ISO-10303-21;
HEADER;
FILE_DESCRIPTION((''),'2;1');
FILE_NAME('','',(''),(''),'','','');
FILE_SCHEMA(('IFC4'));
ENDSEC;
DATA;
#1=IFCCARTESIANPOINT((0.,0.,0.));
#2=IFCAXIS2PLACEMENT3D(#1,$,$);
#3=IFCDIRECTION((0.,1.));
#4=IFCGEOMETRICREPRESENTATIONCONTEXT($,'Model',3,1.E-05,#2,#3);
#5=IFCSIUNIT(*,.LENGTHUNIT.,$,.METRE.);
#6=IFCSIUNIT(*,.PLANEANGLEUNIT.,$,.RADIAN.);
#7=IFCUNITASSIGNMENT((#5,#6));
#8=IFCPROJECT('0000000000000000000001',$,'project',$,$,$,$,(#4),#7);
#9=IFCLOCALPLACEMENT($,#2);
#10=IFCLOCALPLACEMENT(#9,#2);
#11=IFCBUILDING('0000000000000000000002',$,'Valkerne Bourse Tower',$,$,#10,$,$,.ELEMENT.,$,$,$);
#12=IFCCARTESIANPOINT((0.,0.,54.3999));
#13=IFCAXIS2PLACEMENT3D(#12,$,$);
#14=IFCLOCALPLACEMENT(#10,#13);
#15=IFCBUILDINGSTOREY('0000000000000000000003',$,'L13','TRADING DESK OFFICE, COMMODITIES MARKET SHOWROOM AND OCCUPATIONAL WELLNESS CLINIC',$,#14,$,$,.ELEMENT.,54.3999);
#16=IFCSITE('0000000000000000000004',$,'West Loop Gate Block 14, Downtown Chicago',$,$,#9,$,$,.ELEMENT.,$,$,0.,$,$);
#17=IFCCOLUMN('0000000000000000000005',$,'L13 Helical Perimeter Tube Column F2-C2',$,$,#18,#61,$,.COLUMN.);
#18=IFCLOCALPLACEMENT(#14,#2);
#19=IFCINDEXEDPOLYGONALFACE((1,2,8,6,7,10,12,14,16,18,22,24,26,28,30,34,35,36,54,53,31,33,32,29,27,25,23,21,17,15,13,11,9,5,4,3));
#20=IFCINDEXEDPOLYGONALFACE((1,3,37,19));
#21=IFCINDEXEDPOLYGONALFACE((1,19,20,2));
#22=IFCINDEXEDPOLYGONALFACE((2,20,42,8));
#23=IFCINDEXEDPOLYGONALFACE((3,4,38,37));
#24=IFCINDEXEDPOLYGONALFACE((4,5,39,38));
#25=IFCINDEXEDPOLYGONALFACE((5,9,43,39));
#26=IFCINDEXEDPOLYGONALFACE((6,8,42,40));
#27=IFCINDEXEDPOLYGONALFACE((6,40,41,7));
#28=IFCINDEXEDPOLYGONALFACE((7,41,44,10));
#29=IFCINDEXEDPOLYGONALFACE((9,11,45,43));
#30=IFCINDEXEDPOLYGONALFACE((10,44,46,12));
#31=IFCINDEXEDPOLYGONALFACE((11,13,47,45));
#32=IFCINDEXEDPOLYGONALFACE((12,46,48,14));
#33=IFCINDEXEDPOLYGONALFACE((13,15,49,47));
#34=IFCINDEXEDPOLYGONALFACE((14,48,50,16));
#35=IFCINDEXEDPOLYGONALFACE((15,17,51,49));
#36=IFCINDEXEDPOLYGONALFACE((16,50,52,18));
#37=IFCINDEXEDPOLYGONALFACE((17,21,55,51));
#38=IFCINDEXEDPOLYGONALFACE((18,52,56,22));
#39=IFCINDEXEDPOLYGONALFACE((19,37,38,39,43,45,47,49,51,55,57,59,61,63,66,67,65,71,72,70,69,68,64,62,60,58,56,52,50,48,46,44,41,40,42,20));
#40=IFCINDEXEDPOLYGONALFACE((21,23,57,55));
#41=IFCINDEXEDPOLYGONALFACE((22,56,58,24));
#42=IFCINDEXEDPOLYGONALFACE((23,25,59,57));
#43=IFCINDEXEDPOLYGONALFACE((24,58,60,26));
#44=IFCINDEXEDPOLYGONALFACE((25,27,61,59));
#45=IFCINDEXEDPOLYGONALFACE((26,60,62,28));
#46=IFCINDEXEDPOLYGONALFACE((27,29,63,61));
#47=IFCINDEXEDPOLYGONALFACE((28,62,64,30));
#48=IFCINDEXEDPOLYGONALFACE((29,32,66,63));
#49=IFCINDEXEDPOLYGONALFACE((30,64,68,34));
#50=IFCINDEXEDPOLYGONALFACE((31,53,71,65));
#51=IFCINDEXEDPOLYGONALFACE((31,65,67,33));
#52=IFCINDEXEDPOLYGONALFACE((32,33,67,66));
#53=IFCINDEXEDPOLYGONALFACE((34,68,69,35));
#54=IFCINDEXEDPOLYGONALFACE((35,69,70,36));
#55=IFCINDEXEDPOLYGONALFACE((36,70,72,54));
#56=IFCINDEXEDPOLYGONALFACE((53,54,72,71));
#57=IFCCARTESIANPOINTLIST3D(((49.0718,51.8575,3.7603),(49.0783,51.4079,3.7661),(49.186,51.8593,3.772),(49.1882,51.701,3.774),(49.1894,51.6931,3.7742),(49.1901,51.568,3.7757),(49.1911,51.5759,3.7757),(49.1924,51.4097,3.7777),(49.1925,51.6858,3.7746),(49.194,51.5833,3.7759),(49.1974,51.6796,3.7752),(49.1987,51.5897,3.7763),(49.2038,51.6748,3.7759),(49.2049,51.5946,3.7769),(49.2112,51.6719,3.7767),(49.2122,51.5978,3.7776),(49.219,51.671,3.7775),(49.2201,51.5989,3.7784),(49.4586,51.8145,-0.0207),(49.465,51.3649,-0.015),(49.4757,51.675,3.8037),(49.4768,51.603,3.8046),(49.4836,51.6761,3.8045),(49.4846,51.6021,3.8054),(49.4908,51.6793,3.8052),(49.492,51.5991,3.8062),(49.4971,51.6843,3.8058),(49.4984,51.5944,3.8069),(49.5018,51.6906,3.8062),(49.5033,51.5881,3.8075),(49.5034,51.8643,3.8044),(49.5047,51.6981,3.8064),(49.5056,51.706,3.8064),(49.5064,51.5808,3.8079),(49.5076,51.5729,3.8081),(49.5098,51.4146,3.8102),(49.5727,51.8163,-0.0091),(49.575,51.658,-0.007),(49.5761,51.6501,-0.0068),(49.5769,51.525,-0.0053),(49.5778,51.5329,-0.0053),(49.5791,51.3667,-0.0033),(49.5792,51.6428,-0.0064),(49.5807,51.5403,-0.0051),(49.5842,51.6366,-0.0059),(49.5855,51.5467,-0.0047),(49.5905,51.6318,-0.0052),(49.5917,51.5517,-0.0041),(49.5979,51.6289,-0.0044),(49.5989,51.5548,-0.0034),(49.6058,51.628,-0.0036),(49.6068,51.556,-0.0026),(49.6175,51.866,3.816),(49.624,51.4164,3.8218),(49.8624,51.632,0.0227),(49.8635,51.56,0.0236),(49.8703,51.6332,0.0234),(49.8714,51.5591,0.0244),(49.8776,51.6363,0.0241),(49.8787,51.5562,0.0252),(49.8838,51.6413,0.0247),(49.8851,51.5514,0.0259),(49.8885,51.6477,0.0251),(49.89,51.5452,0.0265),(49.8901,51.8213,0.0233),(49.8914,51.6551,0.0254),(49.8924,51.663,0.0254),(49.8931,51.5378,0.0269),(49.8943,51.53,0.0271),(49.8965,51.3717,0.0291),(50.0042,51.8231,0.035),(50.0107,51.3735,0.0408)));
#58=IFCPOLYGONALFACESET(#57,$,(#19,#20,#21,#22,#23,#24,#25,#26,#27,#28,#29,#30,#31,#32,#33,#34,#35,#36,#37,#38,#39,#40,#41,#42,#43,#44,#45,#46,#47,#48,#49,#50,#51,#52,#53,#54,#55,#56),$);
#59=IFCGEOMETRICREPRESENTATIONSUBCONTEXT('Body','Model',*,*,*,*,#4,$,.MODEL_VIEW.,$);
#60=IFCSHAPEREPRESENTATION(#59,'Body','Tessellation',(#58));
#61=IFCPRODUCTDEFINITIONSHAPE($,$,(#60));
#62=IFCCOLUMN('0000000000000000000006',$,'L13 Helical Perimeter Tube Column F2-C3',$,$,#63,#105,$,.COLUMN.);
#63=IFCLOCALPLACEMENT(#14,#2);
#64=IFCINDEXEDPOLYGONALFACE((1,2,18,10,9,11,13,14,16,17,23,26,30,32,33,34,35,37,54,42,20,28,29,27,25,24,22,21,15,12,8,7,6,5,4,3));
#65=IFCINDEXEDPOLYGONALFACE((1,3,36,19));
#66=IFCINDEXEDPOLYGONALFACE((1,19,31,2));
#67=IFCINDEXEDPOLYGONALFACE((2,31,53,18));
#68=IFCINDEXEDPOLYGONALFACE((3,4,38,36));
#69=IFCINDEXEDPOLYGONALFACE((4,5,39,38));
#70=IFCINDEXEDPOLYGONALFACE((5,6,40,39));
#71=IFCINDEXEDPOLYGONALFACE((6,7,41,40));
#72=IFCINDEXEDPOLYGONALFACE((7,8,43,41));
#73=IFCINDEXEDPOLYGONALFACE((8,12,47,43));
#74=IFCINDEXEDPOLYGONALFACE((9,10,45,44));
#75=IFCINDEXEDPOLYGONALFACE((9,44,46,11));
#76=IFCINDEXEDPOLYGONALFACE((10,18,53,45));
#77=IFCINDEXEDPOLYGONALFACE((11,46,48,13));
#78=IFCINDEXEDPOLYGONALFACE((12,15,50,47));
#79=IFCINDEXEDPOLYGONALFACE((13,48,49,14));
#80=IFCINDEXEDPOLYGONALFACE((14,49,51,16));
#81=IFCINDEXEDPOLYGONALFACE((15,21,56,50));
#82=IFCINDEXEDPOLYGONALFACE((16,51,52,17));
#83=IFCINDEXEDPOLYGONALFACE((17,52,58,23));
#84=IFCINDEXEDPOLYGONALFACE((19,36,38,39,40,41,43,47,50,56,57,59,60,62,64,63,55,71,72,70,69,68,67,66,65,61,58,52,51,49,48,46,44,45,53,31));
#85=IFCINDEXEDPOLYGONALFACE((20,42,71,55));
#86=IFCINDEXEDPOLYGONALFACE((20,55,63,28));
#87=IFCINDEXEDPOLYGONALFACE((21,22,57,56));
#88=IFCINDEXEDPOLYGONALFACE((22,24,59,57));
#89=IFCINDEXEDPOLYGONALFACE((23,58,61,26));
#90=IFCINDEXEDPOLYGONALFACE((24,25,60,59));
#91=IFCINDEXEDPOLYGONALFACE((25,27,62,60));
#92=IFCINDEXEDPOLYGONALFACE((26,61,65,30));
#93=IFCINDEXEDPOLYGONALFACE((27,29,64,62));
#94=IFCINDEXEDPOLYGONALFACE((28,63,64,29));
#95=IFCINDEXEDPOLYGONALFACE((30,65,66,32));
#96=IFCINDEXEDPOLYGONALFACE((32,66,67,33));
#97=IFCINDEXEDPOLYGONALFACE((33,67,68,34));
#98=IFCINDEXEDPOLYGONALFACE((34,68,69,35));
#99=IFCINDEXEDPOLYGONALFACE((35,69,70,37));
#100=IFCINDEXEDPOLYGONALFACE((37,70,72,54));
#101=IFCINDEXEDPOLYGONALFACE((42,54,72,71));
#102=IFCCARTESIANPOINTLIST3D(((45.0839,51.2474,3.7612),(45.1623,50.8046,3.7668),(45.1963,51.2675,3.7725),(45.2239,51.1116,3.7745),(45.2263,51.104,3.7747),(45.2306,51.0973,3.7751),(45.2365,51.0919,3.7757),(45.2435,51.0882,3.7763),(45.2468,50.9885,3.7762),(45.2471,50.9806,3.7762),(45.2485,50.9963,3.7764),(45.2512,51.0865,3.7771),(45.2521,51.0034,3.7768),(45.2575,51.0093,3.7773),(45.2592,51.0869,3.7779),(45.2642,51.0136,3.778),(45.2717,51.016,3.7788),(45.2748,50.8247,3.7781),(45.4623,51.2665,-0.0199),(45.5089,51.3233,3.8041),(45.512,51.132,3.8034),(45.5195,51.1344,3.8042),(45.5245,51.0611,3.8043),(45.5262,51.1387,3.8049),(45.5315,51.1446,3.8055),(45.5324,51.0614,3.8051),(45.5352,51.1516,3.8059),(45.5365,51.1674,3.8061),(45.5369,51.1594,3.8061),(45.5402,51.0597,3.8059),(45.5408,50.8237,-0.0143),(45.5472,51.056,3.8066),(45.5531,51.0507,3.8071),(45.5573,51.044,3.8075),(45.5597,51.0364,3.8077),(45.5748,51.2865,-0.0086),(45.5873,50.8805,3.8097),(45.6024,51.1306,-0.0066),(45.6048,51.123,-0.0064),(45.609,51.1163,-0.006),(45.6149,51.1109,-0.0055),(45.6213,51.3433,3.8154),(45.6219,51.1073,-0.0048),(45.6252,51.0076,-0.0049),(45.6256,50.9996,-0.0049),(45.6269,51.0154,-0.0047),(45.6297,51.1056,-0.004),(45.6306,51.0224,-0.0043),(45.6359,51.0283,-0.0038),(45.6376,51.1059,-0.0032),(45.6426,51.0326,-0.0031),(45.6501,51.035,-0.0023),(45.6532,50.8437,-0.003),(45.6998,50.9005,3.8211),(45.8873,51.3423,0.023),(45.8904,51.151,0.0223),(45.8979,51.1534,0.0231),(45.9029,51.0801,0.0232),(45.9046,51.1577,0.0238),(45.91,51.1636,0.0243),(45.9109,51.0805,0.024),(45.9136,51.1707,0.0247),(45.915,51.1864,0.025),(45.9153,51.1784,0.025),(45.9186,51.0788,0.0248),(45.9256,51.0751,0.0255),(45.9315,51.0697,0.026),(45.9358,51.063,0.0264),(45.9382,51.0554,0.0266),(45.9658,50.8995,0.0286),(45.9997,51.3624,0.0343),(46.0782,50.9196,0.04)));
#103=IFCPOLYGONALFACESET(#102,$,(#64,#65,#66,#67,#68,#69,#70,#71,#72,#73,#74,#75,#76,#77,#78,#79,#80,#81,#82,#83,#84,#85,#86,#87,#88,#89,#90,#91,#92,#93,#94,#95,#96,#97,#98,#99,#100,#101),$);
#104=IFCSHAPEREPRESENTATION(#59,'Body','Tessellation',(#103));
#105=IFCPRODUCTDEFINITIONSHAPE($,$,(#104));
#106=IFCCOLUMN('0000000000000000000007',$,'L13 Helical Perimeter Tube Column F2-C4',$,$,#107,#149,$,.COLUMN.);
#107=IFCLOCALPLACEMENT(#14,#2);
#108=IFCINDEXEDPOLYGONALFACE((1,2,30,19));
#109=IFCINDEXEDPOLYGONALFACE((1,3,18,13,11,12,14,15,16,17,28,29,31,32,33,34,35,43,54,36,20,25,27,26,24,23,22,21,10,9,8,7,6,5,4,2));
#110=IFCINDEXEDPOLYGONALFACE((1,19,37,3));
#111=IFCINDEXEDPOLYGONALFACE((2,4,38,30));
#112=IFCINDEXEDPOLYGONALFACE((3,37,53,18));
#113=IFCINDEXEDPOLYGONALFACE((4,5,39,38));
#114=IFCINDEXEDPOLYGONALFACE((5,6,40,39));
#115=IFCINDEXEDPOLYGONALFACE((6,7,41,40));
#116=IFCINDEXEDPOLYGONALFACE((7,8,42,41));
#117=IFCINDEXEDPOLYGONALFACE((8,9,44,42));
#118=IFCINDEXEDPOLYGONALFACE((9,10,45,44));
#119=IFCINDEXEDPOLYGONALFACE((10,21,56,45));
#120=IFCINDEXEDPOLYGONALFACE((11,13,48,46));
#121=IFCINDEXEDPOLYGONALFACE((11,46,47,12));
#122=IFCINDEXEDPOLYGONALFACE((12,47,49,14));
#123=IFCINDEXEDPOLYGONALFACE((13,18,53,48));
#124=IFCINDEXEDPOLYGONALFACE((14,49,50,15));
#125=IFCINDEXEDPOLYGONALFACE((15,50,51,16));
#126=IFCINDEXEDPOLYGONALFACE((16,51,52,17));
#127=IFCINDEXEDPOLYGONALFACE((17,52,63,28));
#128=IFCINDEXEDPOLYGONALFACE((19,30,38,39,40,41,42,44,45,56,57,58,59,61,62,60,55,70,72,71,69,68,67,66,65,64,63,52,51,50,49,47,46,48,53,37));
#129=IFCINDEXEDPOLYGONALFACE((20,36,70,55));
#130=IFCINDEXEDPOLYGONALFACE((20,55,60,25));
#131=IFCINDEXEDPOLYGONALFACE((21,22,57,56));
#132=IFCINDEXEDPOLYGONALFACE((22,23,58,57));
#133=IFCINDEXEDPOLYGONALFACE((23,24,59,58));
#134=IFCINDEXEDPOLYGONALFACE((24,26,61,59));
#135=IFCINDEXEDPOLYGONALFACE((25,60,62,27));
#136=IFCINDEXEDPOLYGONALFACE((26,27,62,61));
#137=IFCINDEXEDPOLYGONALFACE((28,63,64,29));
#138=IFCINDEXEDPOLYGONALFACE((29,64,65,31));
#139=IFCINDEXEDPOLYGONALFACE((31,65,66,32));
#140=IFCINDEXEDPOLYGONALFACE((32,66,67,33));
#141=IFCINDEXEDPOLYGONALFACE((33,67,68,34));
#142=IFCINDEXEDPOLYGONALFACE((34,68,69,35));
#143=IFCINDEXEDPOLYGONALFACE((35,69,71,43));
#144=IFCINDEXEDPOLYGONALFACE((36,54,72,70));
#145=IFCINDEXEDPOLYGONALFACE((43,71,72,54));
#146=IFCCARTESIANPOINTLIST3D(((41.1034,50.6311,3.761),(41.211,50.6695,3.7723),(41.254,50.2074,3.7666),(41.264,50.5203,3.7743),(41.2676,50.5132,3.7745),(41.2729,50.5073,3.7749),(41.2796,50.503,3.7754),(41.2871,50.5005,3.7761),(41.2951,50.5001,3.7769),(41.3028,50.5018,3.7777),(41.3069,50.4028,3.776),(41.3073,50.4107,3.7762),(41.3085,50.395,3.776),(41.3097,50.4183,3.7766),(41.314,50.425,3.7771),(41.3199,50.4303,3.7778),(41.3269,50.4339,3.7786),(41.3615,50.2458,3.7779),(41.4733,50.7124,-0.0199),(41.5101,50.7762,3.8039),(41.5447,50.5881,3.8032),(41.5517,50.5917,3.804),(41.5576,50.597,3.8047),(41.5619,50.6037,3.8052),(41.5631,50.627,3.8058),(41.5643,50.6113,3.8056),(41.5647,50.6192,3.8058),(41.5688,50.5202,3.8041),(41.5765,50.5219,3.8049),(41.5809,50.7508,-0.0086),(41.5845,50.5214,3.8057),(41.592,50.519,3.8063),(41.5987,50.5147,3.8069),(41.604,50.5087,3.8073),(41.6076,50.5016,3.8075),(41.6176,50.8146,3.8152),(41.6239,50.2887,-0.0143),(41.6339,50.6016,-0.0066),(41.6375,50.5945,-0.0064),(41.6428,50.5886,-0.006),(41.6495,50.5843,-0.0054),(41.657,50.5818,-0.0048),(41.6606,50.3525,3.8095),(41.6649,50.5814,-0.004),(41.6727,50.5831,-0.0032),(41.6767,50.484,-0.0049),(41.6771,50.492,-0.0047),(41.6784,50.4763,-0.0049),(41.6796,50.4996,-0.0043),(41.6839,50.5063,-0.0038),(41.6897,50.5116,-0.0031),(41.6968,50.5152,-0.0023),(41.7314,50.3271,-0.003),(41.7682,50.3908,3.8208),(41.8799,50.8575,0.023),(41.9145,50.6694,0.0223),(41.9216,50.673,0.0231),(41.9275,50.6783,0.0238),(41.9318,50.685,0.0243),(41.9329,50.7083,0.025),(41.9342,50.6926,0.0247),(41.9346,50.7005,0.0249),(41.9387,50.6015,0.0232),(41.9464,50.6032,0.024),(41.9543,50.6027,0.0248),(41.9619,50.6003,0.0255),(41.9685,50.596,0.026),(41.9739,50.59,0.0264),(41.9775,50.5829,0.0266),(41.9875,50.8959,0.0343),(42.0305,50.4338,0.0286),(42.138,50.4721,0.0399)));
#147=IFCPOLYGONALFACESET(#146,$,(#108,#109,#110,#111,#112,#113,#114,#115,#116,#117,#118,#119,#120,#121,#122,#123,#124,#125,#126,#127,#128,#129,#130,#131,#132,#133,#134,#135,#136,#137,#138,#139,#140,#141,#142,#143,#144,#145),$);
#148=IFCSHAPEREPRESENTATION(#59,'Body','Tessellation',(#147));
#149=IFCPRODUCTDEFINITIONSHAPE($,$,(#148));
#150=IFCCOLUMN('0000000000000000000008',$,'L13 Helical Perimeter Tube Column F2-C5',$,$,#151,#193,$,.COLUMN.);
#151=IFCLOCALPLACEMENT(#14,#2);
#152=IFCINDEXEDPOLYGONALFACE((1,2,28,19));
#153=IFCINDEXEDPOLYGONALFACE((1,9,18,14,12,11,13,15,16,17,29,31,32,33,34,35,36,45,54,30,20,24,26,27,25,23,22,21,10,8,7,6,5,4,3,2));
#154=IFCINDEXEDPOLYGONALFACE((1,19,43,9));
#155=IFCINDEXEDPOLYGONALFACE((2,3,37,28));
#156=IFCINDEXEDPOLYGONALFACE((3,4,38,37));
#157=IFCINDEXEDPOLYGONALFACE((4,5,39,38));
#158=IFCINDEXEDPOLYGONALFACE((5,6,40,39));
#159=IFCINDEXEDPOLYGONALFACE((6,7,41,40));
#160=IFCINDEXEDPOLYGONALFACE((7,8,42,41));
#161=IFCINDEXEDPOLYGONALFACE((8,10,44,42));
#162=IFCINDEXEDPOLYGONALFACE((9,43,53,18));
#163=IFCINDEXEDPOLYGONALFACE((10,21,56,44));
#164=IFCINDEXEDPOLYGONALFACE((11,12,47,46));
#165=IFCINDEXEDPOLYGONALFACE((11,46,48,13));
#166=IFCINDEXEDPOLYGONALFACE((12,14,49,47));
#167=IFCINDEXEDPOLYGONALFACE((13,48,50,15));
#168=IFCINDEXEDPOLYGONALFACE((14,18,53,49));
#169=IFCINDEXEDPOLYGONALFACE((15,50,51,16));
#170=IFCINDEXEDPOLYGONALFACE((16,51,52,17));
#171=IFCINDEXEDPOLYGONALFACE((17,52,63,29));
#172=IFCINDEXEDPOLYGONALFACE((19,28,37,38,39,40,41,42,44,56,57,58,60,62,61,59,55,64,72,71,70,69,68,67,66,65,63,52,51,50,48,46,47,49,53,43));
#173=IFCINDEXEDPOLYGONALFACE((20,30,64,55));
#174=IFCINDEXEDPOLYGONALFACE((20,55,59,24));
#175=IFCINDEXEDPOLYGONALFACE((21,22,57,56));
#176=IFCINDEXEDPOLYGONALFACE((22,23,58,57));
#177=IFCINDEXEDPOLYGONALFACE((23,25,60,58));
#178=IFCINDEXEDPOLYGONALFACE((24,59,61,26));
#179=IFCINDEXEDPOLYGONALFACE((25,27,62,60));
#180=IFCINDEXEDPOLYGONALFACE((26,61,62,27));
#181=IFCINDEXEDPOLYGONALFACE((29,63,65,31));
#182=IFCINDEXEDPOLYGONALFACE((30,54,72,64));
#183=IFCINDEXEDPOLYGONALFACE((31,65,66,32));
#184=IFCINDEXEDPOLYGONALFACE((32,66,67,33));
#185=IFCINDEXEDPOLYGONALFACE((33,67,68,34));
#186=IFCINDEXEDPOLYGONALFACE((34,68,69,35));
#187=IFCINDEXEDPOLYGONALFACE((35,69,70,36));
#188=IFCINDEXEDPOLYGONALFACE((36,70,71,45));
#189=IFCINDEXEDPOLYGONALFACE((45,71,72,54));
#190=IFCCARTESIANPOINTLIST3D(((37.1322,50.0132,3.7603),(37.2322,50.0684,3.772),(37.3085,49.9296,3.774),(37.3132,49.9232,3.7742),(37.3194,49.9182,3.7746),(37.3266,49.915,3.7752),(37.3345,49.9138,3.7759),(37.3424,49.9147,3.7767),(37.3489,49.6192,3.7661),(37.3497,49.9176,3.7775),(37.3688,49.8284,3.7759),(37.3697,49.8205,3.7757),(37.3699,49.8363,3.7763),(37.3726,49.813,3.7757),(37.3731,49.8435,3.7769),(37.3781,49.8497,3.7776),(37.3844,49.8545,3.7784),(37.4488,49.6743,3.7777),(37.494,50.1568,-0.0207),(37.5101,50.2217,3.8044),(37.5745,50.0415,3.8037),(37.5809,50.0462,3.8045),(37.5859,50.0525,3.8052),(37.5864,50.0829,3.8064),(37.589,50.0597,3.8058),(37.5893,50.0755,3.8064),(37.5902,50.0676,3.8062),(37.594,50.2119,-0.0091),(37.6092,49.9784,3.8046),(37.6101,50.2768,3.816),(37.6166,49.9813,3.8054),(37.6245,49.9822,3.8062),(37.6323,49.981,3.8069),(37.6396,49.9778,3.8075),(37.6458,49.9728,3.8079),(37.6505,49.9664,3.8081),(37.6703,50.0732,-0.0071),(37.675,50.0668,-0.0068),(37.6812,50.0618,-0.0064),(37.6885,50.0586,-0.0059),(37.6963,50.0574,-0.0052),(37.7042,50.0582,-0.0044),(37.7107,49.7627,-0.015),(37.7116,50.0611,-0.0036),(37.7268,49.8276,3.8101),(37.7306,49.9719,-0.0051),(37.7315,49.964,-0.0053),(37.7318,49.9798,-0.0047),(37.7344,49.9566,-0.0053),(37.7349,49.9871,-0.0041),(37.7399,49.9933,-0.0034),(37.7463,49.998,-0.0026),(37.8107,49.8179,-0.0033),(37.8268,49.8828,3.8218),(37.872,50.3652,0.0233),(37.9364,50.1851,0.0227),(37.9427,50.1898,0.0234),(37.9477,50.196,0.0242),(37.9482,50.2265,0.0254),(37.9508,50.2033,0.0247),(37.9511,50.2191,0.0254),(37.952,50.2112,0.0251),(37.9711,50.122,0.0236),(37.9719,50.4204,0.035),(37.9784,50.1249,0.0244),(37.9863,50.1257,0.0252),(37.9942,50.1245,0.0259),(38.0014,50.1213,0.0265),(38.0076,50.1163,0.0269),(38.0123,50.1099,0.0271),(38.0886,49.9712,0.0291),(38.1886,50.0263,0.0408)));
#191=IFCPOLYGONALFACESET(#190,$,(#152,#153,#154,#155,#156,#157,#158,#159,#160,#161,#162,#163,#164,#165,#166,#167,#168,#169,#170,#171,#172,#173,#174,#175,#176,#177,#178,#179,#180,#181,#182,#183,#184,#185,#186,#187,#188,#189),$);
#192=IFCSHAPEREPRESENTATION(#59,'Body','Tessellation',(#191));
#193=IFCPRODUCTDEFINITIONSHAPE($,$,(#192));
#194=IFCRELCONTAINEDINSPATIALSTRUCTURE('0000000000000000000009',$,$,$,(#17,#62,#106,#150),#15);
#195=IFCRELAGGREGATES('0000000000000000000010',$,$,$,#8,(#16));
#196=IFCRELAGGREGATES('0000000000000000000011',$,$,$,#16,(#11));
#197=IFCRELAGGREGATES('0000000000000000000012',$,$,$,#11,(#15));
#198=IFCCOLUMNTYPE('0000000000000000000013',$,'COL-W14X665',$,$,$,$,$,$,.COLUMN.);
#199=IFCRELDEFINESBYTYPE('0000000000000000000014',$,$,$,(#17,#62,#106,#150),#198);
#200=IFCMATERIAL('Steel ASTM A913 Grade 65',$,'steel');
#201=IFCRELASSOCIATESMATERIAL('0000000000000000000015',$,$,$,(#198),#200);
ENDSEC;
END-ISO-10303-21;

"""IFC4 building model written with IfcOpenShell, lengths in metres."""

from ifc_helpers import new_model, si_unit, direction, frame, origin, origin_2d, place, context, subcontext, project, spatial, i_section, extrude, material, material_profile, profile_set, type_object, element, save


model = new_model("IFC4")

# Units and contexts
model_context = context("Model", 3, precision=1e-05, world=origin(), true_north=direction((0.0, 1.0)))
body_context = subcontext(model_context, "Body", "Model", "MODEL_VIEW")
ifc_project = project(units=[si_unit("LENGTHUNIT", "METRE"), si_unit("PLANEANGLEUNIT", "RADIAN")], contexts=[model_context])

# Site, building, storey
site_placement = place(None, origin())
site = spatial("IfcSite", under=ifc_project, at=site_placement, Name="West Loop Gate Block 14, Downtown Chicago", CompositionType="ELEMENT", RefElevation=0.0)
building_placement = place(site_placement, origin())
building = spatial("IfcBuilding", under=site, at=building_placement, Name="Valkerne Bourse Tower", CompositionType="ELEMENT")
storey_placement = place(building_placement, frame((0.0, 0.0, 54.3999)))
storey = spatial("IfcBuildingStorey", under=building, at=storey_placement, Name="L13", Description="TRADING DESK OFFICE, COMMODITIES MARKET SHOWROOM AND OCCUPATIONAL WELLNESS CLINIC", CompositionType="ELEMENT", Elevation=54.3999)

# Columns
ifc_material_1 = material(Name="Steel ASTM A913 Grade 65", Category="steel")
ifc_material_profile_1 = material_profile(ifc_material_1, i_section(OverallWidth=0.4497, OverallDepth=0.5486, WebThickness=0.072, FlangeThickness=0.1147, FilletRadius=0.0305, at=origin_2d()), Name="W14X665")
ifc_profile_set_1 = profile_set([ifc_material_profile_1], Name="Steel ASTM A913 Grade 65")
column_type = type_object("IfcColumnType", Name="COL-W14X665", PredefinedType="COLUMN", material=ifc_profile_set_1)
column_1_placement = place(storey_placement, frame((49.7346, 51.594, 0.01), z_axis=(-0.101742, 0.011305, 0.994747), x_axis=(-0.014352, 0.999815, -0.01283)))
element("IfcColumn", 1, at=column_1_placement, inside=storey, type_object=column_type, Name="L13 Helical Perimeter Tube Column F2-C2", PredefinedType="COLUMN", context=body_context, shape_type="SweptSolid", body=[
    extrude(i_section(OverallWidth=0.4497, OverallDepth=0.5486, WebThickness=0.072, FlangeThickness=0.1147, FilletRadius=0.0305, at=origin_2d()), origin(), (0.0, 0.0, 1.0), 3.801),
])
column_2_placement = place(storey_placement, frame((45.7703, 51.093, 0.01), z_axis=(-0.099585, -0.005011, 0.995016), x_axis=(-0.174414, 0.984593, -0.012497)))
element("IfcColumn", 2, at=column_2_placement, inside=storey, type_object=column_type, Name="L13 Helical Perimeter Tube Column F2-C3", PredefinedType="COLUMN", context=body_context, shape_type="SweptSolid", body=[
    extrude(i_section(OverallWidth=0.4497, OverallDepth=0.5486, WebThickness=0.072, FlangeThickness=0.1147, FilletRadius=0.0305, at=origin_2d()), origin(), (0.0, 0.0, 1.0), 3.8),
])
column_3_placement = place(storey_placement, frame((41.8057, 50.5923, 0.01), z_axis=(-0.097337, -0.021395, 0.995021), x_axis=(-0.334786, 0.942211, -0.012491)))
element("IfcColumn", 3, at=column_3_placement, inside=storey, type_object=column_type, Name="L13 Helical Perimeter Tube Column F2-C4", PredefinedType="COLUMN", context=body_context, shape_type="SweptSolid", body=[
    extrude(i_section(OverallWidth=0.4497, OverallDepth=0.5486, WebThickness=0.072, FlangeThickness=0.1147, FilletRadius=0.0305, at=origin_2d()), origin(), (0.0, 0.0, 1.0), 3.7998),
])
column_4_placement = place(storey_placement, frame((37.8413, 50.0916, 0.01), z_axis=(-0.09519, -0.037768, 0.994742), x_axis=(-0.481772, 0.876203, -0.012835)))
element("IfcColumn", 4, at=column_4_placement, inside=storey, type_object=column_type, Name="L13 Helical Perimeter Tube Column F2-C5", PredefinedType="COLUMN", context=body_context, shape_type="SweptSolid", body=[
    extrude(i_section(OverallWidth=0.4497, OverallDepth=0.5486, WebThickness=0.072, FlangeThickness=0.1147, FilletRadius=0.0305, at=origin_2d()), origin(), (0.0, 0.0, 1.0), 3.801),
])

save(model, "model.ifc")
